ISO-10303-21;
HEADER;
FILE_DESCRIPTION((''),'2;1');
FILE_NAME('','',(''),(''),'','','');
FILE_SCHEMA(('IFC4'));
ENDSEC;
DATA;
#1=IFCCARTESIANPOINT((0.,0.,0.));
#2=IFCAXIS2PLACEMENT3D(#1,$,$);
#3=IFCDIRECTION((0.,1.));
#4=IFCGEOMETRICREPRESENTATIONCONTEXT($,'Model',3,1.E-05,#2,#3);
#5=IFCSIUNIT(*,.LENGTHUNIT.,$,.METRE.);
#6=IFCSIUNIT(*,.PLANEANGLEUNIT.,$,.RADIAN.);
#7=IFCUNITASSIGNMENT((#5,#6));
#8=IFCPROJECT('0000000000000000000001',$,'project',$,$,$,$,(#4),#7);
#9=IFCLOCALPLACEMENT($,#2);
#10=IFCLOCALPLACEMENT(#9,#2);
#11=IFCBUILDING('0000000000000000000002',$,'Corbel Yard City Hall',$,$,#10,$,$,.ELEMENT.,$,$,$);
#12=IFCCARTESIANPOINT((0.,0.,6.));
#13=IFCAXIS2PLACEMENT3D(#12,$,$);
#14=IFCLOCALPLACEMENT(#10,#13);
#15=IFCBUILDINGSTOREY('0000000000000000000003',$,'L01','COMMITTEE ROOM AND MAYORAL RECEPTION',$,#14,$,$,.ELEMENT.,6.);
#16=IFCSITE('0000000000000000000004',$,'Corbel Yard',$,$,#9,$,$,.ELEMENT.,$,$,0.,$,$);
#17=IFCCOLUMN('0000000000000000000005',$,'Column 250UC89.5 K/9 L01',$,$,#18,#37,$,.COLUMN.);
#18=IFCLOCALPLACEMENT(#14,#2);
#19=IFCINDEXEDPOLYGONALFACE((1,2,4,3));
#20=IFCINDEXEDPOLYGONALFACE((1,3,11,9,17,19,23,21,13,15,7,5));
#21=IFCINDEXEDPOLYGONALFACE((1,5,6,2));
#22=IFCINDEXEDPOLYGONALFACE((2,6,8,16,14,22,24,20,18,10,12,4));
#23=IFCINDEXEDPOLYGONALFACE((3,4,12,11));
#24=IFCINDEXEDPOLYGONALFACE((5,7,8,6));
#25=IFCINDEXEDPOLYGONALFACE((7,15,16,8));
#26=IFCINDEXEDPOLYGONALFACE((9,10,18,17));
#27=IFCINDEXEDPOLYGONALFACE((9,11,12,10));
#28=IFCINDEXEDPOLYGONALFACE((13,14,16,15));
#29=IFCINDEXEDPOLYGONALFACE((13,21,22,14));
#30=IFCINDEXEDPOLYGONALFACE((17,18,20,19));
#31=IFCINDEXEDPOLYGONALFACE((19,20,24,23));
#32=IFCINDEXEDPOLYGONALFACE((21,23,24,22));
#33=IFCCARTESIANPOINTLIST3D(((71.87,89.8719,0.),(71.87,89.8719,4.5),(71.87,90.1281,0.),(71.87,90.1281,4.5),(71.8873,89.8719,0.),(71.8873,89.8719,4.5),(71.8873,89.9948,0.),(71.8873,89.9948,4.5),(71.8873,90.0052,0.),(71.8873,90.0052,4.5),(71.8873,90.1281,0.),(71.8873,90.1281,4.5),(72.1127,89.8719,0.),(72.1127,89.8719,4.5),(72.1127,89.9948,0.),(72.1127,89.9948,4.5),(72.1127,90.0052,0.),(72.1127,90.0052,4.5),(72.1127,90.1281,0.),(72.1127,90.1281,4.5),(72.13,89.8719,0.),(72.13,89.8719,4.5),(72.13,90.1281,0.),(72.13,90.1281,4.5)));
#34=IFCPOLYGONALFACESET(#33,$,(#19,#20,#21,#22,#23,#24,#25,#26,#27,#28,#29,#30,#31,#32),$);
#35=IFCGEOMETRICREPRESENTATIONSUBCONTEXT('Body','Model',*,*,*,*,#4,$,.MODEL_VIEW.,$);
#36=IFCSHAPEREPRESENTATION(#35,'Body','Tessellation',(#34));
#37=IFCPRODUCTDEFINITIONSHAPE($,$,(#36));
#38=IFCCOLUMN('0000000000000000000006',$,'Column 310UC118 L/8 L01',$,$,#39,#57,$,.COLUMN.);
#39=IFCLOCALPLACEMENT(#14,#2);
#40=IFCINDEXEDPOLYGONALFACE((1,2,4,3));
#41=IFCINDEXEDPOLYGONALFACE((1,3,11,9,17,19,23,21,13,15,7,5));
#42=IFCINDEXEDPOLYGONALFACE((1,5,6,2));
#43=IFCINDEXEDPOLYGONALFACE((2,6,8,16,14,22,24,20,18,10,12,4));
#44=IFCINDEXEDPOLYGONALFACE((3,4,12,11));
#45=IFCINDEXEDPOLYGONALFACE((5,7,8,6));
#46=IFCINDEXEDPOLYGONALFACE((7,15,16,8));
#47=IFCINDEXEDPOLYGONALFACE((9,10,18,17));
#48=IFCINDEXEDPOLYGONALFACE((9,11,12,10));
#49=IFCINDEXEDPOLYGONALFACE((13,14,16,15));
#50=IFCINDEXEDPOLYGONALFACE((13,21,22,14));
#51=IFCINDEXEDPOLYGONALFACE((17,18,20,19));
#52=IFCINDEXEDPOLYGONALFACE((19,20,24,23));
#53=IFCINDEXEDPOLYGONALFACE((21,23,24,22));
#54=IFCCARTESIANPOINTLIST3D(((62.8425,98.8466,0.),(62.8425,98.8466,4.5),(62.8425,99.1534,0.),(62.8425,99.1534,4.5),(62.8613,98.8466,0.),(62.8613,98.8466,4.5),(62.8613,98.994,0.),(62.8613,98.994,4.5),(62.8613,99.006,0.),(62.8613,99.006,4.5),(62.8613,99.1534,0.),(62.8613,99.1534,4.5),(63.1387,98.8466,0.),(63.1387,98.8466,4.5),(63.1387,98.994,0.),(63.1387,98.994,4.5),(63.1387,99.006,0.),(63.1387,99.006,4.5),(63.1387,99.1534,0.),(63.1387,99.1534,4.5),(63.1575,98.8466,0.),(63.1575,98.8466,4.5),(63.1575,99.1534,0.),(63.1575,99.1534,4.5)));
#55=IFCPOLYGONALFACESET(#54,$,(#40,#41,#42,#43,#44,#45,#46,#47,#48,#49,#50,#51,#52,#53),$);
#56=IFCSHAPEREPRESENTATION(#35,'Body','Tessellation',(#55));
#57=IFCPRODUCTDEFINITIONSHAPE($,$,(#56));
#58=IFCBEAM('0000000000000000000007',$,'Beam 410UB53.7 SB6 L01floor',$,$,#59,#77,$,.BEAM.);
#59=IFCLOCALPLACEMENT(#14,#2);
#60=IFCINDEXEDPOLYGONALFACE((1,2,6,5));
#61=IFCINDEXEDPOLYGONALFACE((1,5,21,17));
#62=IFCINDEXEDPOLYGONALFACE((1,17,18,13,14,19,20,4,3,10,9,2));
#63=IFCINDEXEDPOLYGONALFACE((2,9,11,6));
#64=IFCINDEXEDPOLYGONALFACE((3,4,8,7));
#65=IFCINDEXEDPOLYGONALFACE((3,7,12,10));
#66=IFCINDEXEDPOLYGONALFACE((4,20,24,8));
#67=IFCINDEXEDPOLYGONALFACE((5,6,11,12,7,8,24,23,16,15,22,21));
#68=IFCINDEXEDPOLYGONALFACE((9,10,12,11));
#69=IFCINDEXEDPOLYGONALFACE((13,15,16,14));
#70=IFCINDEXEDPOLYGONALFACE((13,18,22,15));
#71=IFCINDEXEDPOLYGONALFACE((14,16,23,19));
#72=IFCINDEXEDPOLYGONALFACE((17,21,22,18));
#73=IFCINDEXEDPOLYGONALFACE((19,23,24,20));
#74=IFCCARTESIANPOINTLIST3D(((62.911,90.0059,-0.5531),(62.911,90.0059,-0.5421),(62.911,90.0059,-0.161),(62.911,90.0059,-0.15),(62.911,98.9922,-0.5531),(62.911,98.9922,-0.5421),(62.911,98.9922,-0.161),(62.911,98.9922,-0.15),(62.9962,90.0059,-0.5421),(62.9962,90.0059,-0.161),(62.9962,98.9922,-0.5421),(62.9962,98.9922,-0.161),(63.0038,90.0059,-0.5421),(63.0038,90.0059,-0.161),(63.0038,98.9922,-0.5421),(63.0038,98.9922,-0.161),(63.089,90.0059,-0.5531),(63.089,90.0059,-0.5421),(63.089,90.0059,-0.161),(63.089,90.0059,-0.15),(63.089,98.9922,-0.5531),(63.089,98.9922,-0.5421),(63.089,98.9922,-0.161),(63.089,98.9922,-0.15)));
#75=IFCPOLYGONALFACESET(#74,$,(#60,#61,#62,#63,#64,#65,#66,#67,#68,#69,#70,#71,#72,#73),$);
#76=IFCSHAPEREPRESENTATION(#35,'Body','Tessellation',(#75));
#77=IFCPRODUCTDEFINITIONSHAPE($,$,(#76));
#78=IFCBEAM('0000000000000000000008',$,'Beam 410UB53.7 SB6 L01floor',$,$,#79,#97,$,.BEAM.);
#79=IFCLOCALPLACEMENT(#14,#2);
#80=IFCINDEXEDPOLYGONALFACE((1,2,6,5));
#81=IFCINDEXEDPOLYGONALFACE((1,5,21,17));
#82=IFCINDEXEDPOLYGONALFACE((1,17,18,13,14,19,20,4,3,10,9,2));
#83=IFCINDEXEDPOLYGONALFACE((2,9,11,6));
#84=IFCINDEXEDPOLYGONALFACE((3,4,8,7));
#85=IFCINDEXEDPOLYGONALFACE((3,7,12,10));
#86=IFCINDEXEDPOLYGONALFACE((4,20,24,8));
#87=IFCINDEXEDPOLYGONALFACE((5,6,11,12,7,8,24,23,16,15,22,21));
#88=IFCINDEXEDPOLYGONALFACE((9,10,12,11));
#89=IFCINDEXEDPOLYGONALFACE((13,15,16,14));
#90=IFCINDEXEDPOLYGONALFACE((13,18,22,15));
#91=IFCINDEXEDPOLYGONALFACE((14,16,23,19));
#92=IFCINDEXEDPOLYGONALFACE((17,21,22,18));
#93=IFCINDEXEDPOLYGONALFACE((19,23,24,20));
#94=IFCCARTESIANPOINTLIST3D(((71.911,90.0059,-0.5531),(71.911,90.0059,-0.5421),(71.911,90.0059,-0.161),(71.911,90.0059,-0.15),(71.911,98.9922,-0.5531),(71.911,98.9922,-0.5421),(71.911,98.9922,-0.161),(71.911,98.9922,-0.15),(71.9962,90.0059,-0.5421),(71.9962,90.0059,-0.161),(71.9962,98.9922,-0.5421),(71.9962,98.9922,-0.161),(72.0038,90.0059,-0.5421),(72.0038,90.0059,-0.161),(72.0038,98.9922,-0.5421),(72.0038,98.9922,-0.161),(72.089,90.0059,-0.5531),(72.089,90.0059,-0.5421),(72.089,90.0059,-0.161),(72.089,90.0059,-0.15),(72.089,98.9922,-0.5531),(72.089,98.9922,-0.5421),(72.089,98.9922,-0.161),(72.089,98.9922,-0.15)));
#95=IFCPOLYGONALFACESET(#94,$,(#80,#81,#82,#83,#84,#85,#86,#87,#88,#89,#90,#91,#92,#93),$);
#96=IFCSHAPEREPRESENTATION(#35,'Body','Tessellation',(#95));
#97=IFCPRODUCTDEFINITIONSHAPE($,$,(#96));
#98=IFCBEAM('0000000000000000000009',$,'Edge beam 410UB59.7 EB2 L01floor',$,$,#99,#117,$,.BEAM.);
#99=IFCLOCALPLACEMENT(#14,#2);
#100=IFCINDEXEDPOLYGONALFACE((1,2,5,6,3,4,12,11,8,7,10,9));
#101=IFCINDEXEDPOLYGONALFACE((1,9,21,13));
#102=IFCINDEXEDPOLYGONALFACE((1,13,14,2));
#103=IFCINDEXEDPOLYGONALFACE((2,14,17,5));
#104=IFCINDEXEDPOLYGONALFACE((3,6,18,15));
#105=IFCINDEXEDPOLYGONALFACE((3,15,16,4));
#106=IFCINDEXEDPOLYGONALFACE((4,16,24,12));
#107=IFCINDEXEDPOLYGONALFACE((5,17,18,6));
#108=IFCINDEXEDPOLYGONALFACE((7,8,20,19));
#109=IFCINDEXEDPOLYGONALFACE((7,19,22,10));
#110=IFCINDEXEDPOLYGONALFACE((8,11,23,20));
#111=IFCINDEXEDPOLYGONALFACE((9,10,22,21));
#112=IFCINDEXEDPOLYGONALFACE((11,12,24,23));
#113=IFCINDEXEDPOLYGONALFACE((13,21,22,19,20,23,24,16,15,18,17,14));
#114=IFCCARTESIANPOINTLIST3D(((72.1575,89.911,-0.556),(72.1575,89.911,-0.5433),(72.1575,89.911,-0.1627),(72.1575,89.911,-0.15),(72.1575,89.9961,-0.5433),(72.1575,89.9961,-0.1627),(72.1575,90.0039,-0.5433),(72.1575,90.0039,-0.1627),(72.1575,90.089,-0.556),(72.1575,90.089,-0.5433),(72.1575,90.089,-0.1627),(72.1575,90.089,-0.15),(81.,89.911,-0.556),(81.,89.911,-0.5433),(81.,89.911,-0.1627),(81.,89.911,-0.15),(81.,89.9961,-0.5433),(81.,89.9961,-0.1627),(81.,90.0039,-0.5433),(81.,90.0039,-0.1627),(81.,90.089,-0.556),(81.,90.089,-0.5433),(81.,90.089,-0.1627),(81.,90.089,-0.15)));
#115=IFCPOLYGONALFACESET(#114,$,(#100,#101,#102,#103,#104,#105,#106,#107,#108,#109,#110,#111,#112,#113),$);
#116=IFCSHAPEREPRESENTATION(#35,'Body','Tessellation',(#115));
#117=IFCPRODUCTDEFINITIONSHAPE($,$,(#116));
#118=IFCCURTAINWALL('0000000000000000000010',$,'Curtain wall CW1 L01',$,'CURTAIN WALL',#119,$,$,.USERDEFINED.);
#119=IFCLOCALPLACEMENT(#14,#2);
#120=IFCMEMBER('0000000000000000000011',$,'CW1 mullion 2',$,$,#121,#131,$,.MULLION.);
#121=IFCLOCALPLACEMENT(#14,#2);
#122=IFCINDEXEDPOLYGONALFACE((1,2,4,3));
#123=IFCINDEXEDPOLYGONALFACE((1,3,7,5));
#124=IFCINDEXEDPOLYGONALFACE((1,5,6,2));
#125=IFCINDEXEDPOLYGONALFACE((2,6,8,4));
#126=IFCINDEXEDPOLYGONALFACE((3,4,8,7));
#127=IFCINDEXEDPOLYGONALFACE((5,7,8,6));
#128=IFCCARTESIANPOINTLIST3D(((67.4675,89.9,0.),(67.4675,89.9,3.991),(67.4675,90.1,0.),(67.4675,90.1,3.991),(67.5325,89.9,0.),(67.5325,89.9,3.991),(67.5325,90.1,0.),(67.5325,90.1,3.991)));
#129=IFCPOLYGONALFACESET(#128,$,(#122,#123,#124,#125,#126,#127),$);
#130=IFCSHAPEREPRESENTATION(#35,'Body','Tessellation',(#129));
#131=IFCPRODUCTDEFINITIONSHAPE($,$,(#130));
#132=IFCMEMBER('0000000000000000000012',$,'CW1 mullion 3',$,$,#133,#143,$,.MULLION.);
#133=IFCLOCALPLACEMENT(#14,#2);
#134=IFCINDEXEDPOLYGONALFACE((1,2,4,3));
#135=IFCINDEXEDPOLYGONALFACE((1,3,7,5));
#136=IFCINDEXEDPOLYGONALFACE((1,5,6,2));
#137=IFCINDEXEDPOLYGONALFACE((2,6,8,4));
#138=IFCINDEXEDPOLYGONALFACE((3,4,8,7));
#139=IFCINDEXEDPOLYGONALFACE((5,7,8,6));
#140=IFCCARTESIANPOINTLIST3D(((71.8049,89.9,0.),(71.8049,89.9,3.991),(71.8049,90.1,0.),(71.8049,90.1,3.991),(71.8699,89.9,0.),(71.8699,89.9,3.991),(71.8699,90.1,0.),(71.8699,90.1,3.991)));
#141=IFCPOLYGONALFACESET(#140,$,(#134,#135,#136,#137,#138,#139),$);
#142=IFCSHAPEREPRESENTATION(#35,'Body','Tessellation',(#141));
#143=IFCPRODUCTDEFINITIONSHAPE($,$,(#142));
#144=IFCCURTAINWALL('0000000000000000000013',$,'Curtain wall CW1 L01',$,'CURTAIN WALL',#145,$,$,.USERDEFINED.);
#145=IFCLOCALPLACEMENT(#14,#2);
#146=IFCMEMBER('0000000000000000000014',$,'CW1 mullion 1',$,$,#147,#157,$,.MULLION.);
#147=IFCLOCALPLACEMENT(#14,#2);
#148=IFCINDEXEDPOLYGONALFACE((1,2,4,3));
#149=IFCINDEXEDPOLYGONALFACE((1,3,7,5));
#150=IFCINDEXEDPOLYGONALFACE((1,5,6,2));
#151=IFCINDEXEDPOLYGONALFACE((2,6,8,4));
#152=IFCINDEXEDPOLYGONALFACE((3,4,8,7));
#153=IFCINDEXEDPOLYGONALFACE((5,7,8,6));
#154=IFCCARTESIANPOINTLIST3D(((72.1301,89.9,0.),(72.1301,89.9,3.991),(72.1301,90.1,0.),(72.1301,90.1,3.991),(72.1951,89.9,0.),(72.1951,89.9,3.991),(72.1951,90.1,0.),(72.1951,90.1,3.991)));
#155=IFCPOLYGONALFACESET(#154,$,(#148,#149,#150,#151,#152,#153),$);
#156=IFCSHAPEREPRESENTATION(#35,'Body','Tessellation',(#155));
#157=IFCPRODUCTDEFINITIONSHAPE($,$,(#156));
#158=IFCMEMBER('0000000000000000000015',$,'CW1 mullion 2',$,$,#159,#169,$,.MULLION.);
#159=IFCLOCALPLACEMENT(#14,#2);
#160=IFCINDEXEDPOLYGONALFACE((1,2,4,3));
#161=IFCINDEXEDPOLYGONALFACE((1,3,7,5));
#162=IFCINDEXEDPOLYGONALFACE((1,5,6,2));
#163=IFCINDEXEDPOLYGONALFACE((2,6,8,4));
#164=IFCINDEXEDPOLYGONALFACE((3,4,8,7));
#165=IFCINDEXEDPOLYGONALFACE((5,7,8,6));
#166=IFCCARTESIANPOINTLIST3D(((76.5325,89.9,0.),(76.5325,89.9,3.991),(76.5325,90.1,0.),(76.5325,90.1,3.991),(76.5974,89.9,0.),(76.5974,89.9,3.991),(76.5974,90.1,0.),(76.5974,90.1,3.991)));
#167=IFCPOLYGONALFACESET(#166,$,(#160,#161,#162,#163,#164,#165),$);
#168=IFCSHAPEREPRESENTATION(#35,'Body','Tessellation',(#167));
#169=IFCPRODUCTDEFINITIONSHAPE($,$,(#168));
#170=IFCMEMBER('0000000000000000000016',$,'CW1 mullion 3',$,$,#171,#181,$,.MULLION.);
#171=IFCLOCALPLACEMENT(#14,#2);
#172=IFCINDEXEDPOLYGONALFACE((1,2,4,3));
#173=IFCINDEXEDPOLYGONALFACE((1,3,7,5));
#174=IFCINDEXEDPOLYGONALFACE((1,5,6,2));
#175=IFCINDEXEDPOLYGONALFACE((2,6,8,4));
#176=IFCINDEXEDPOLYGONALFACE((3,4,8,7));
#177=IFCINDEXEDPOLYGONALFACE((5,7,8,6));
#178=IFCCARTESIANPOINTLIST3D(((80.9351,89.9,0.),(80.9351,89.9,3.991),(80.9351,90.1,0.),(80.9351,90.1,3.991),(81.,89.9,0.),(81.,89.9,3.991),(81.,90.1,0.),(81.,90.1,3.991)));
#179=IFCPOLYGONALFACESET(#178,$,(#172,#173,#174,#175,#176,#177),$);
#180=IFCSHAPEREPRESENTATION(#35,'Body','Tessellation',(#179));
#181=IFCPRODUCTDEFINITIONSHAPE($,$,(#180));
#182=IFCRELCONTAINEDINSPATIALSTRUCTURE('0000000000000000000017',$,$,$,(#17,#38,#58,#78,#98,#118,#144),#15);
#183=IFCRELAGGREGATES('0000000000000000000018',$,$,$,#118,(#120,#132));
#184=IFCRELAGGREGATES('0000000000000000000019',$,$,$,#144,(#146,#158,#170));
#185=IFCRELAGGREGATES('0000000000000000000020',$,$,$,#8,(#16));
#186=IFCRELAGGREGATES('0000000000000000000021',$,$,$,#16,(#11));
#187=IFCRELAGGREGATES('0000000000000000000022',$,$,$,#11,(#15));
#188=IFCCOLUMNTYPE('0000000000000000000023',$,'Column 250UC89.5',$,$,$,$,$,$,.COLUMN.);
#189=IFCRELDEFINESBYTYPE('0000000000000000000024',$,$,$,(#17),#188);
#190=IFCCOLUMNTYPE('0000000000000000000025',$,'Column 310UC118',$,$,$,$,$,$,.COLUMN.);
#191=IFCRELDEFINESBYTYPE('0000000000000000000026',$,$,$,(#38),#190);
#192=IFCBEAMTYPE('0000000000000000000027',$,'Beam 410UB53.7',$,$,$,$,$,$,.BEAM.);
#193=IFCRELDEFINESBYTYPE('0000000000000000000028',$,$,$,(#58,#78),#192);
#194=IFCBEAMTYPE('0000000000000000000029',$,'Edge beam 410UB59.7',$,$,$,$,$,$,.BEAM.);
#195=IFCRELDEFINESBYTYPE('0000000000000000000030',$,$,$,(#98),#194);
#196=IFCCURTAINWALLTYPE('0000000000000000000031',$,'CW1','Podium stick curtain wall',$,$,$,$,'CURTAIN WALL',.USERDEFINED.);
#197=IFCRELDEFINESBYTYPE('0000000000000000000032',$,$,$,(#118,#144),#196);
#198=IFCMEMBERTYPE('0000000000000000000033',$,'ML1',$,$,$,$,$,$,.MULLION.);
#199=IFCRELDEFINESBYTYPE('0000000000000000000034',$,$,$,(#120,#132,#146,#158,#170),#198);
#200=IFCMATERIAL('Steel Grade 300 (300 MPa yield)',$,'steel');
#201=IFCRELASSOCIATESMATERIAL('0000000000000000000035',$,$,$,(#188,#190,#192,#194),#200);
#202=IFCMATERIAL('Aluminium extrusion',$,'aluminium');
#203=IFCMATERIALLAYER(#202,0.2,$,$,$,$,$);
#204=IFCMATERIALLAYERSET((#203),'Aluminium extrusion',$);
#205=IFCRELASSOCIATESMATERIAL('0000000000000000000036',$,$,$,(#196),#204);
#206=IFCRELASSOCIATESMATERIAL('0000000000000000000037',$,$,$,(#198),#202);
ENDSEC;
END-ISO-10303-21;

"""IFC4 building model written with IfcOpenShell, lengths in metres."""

from ifc_helpers import new_model, si_unit, direction, frame, origin, origin_2d, place, context, subcontext, project, spatial, rectangle, i_section, extrude, material, layer, layer_set, material_profile, profile_set, type_object, element, aggregate, save


model = new_model("IFC4")

# Units and contexts
model_context = context("Model", 3, precision=1e-05, world=origin(), true_north=direction((0.0, 1.0)))
body_context = subcontext(model_context, "Body", "Model", "MODEL_VIEW")
ifc_project = project(units=[si_unit("LENGTHUNIT", "METRE"), si_unit("PLANEANGLEUNIT", "RADIAN")], contexts=[model_context])

# Site, building, storey
site_placement = place(None, origin())
site = spatial("IfcSite", under=ifc_project, at=site_placement, Name="Corbel Yard", CompositionType="ELEMENT", RefElevation=0.0)
building_placement = place(site_placement, origin())
building = spatial("IfcBuilding", under=site, at=building_placement, Name="Corbel Yard City Hall", CompositionType="ELEMENT")
storey_placement = place(building_placement, frame((0.0, 0.0, 6.0)))
storey = spatial("IfcBuildingStorey", under=building, at=storey_placement, Name="L01", Description="COMMITTEE ROOM AND MAYORAL RECEPTION", CompositionType="ELEMENT", Elevation=6.0)

# Columns
ifc_material_1 = material(Name="Steel Grade 300 (300 MPa yield)", Category="steel")
ifc_material_profile_1 = material_profile(ifc_material_1, i_section(OverallWidth=0.2561, OverallDepth=0.26, WebThickness=0.0105, FlangeThickness=0.0173, at=origin_2d()), Name="250UC89.5")
ifc_profile_set_1 = profile_set([ifc_material_profile_1], Name="Steel Grade 300 (300 MPa yield)")
column_type_1 = type_object("IfcColumnType", Name="Column 250UC89.5", PredefinedType="COLUMN", material=ifc_profile_set_1)
column_1_placement = place(storey_placement, frame((72.0, 90.0, 0.0), z_axis=(0.0, 0.0, 1.0), x_axis=(0.0, 1.0, 0.0)))
element("IfcColumn", 1, at=column_1_placement, inside=storey, type_object=column_type_1, Name="Column 250UC89.5 K/9 L01", PredefinedType="COLUMN", context=body_context, shape_type="SweptSolid", body=[
    extrude(i_section(OverallWidth=0.2561, OverallDepth=0.26, WebThickness=0.0105, FlangeThickness=0.0173, at=origin_2d()), origin(), (0.0, 0.0, 1.0), 4.5),
])
ifc_material_profile_2 = material_profile(ifc_material_1, i_section(OverallWidth=0.3069, OverallDepth=0.3149, WebThickness=0.012, FlangeThickness=0.0188, at=origin_2d()), Name="310UC118")
ifc_profile_set_2 = profile_set([ifc_material_profile_2], Name="Steel Grade 300 (300 MPa yield)")
column_type_2 = type_object("IfcColumnType", Name="Column 310UC118", PredefinedType="COLUMN", material=ifc_profile_set_2)
column_2_placement = place(storey_placement, frame((63.0, 99.0, 0.0), z_axis=(0.0, 0.0, 1.0), x_axis=(0.0, 1.0, 0.0)))
element("IfcColumn", 2, at=column_2_placement, inside=storey, type_object=column_type_2, Name="Column 310UC118 L/8 L01", PredefinedType="COLUMN", context=body_context, shape_type="SweptSolid", body=[
    extrude(i_section(OverallWidth=0.3069, OverallDepth=0.3149, WebThickness=0.012, FlangeThickness=0.0188, at=origin_2d()), origin(), (0.0, 0.0, 1.0), 4.5),
])

# Beams
ifc_material_profile_3 = material_profile(ifc_material_1, i_section(OverallWidth=0.178, OverallDepth=0.4031, WebThickness=0.0076, FlangeThickness=0.011, at=origin_2d()), Name="410UB53.7")
ifc_profile_set_3 = profile_set([ifc_material_profile_3], Name="Steel Grade 300 (300 MPa yield)")
beam_type_1 = type_object("IfcBeamType", Name="Beam 410UB53.7", PredefinedType="BEAM", material=ifc_profile_set_3)
for number, where, z_axis, x_axis, name in (
    (3, (63.0, 90.0059, -0.3516), (0.0, 1.0, 0.0), (-1.0, 0.0, 0.0), "Beam 410UB53.7 SB6 L01floor"),
    (4, (72.0, 90.0059, -0.3516), (0.0, 1.0, 0.0), (-1.0, 0.0, 0.0), "Beam 410UB53.7 SB6 L01floor"),
):
    element("IfcBeam", number, at=place(storey_placement, frame(where, z_axis=z_axis, x_axis=x_axis)), inside=storey, type_object=beam_type_1, Name=name, PredefinedType="BEAM", context=body_context, shape_type="SweptSolid", body=[
        extrude(i_section(OverallWidth=0.178, OverallDepth=0.4031, WebThickness=0.0076, FlangeThickness=0.011, at=origin_2d()), origin(), (0.0, 0.0, 1.0), 8.9863),
    ])
ifc_material_profile_4 = material_profile(ifc_material_1, i_section(OverallWidth=0.178, OverallDepth=0.406, WebThickness=0.0078, FlangeThickness=0.0127, at=origin_2d()), Name="410UB59.7")
ifc_profile_set_4 = profile_set([ifc_material_profile_4], Name="Steel Grade 300 (300 MPa yield)")
beam_type_2 = type_object("IfcBeamType", Name="Edge beam 410UB59.7", PredefinedType="BEAM", material=ifc_profile_set_4)
beam_placement = place(storey_placement, frame((72.1575, 90.0, -0.353), z_axis=(1.0, 0.0, 0.0), x_axis=(0.0, 1.0, 0.0)))
element("IfcBeam", 5, at=beam_placement, inside=storey, type_object=beam_type_2, Name="Edge beam 410UB59.7 EB2 L01floor", PredefinedType="BEAM", context=body_context, shape_type="SweptSolid", body=[
    extrude(i_section(OverallWidth=0.178, OverallDepth=0.406, WebThickness=0.0078, FlangeThickness=0.0127, at=origin_2d()), origin(), (0.0, 0.0, 1.0), 8.8425),
])

# Curtain walls, members
ifc_material_2 = material(Name="Aluminium extrusion", Category="aluminium")
ifc_layer_1 = layer(ifc_material_2, 0.2)
ifc_layer_set_1 = layer_set([ifc_layer_1], Name="Aluminium extrusion")
curtain_wall_type = type_object("IfcCurtainWallType", Name="CW1", Description="Podium stick curtain wall", ElementType="CURTAIN WALL", PredefinedType="USERDEFINED", material=ifc_layer_set_1)
curtain_wall_1_placement = place(storey_placement, origin())
curtain_wall_1 = element("IfcCurtainWall", 6, at=curtain_wall_1_placement, inside=storey, type_object=curtain_wall_type, Name="Curtain wall CW1 L01", ObjectType="CURTAIN WALL", PredefinedType="USERDEFINED")
ifc_material_profile_5 = material_profile(ifc_material_2, rectangle(XDim=0.2, YDim=0.0649, at=origin_2d()), Name="200x65")
ifc_profile_set_5 = profile_set([ifc_material_profile_5], Name="Aluminium extrusion")
member_type_1 = type_object("IfcMemberType", Name="ML1", PredefinedType="MULLION", material=ifc_profile_set_5)
member_1_placement = place(storey_placement, frame((67.5, 90.0, 0.0), z_axis=(0.0, 0.0, 1.0), x_axis=(0.0, 1.0, 0.0)))
member_1 = element("IfcMember", 7, at=member_1_placement, type_object=member_type_1, Name="CW1 mullion 2", PredefinedType="MULLION", context=body_context, shape_type="SweptSolid", body=[
    extrude(rectangle(XDim=0.2, YDim=0.0649, at=origin_2d()), origin(), (0.0, 0.0, 1.0), 3.991),
])
member_2_placement = place(storey_placement, frame((71.8374, 90.0, 0.0), z_axis=(0.0, 0.0, 1.0), x_axis=(0.0, 1.0, 0.0)))
member_2 = element("IfcMember", 8, at=member_2_placement, type_object=member_type_1, Name="CW1 mullion 3", PredefinedType="MULLION", context=body_context, shape_type="SweptSolid", body=[
    extrude(rectangle(XDim=0.2, YDim=0.0649, at=origin_2d()), origin(), (0.0, 0.0, 1.0), 3.991),
])
curtain_wall_2_placement = place(storey_placement, origin())
curtain_wall_2 = element("IfcCurtainWall", 9, at=curtain_wall_2_placement, inside=storey, type_object=curtain_wall_type, Name="Curtain wall CW1 L01", ObjectType="CURTAIN WALL", PredefinedType="USERDEFINED")
member_3_placement = place(storey_placement, frame((72.1626, 90.0, 0.0), z_axis=(0.0, 0.0, 1.0), x_axis=(0.0, 1.0, 0.0)))
member_3 = element("IfcMember", 10, at=member_3_placement, type_object=member_type_1, Name="CW1 mullion 1", PredefinedType="MULLION", context=body_context, shape_type="SweptSolid", body=[
    extrude(rectangle(XDim=0.2, YDim=0.0649, at=origin_2d()), origin(), (0.0, 0.0, 1.0), 3.991),
])
member_4_placement = place(storey_placement, frame((76.5649, 90.0, 0.0), z_axis=(0.0, 0.0, 1.0), x_axis=(0.0, 1.0, 0.0)))
member_4 = element("IfcMember", 11, at=member_4_placement, type_object=member_type_1, Name="CW1 mullion 2", PredefinedType="MULLION", context=body_context, shape_type="SweptSolid", body=[
    extrude(rectangle(XDim=0.2, YDim=0.0649, at=origin_2d()), origin(), (0.0, 0.0, 1.0), 3.991),
])
member_5_placement = place(storey_placement, frame((80.9675, 90.0, 0.0), z_axis=(0.0, 0.0, 1.0), x_axis=(0.0, 1.0, 0.0)))
member_5 = element("IfcMember", 12, at=member_5_placement, type_object=member_type_1, Name="CW1 mullion 3", PredefinedType="MULLION", context=body_context, shape_type="SweptSolid", body=[
    extrude(rectangle(XDim=0.2, YDim=0.0649, at=origin_2d()), origin(), (0.0, 0.0, 1.0), 3.991),
])

aggregate(curtain_wall_1, [member_1, member_2])
aggregate(curtain_wall_2, [member_3, member_4, member_5])

save(model, "model.ifc")
